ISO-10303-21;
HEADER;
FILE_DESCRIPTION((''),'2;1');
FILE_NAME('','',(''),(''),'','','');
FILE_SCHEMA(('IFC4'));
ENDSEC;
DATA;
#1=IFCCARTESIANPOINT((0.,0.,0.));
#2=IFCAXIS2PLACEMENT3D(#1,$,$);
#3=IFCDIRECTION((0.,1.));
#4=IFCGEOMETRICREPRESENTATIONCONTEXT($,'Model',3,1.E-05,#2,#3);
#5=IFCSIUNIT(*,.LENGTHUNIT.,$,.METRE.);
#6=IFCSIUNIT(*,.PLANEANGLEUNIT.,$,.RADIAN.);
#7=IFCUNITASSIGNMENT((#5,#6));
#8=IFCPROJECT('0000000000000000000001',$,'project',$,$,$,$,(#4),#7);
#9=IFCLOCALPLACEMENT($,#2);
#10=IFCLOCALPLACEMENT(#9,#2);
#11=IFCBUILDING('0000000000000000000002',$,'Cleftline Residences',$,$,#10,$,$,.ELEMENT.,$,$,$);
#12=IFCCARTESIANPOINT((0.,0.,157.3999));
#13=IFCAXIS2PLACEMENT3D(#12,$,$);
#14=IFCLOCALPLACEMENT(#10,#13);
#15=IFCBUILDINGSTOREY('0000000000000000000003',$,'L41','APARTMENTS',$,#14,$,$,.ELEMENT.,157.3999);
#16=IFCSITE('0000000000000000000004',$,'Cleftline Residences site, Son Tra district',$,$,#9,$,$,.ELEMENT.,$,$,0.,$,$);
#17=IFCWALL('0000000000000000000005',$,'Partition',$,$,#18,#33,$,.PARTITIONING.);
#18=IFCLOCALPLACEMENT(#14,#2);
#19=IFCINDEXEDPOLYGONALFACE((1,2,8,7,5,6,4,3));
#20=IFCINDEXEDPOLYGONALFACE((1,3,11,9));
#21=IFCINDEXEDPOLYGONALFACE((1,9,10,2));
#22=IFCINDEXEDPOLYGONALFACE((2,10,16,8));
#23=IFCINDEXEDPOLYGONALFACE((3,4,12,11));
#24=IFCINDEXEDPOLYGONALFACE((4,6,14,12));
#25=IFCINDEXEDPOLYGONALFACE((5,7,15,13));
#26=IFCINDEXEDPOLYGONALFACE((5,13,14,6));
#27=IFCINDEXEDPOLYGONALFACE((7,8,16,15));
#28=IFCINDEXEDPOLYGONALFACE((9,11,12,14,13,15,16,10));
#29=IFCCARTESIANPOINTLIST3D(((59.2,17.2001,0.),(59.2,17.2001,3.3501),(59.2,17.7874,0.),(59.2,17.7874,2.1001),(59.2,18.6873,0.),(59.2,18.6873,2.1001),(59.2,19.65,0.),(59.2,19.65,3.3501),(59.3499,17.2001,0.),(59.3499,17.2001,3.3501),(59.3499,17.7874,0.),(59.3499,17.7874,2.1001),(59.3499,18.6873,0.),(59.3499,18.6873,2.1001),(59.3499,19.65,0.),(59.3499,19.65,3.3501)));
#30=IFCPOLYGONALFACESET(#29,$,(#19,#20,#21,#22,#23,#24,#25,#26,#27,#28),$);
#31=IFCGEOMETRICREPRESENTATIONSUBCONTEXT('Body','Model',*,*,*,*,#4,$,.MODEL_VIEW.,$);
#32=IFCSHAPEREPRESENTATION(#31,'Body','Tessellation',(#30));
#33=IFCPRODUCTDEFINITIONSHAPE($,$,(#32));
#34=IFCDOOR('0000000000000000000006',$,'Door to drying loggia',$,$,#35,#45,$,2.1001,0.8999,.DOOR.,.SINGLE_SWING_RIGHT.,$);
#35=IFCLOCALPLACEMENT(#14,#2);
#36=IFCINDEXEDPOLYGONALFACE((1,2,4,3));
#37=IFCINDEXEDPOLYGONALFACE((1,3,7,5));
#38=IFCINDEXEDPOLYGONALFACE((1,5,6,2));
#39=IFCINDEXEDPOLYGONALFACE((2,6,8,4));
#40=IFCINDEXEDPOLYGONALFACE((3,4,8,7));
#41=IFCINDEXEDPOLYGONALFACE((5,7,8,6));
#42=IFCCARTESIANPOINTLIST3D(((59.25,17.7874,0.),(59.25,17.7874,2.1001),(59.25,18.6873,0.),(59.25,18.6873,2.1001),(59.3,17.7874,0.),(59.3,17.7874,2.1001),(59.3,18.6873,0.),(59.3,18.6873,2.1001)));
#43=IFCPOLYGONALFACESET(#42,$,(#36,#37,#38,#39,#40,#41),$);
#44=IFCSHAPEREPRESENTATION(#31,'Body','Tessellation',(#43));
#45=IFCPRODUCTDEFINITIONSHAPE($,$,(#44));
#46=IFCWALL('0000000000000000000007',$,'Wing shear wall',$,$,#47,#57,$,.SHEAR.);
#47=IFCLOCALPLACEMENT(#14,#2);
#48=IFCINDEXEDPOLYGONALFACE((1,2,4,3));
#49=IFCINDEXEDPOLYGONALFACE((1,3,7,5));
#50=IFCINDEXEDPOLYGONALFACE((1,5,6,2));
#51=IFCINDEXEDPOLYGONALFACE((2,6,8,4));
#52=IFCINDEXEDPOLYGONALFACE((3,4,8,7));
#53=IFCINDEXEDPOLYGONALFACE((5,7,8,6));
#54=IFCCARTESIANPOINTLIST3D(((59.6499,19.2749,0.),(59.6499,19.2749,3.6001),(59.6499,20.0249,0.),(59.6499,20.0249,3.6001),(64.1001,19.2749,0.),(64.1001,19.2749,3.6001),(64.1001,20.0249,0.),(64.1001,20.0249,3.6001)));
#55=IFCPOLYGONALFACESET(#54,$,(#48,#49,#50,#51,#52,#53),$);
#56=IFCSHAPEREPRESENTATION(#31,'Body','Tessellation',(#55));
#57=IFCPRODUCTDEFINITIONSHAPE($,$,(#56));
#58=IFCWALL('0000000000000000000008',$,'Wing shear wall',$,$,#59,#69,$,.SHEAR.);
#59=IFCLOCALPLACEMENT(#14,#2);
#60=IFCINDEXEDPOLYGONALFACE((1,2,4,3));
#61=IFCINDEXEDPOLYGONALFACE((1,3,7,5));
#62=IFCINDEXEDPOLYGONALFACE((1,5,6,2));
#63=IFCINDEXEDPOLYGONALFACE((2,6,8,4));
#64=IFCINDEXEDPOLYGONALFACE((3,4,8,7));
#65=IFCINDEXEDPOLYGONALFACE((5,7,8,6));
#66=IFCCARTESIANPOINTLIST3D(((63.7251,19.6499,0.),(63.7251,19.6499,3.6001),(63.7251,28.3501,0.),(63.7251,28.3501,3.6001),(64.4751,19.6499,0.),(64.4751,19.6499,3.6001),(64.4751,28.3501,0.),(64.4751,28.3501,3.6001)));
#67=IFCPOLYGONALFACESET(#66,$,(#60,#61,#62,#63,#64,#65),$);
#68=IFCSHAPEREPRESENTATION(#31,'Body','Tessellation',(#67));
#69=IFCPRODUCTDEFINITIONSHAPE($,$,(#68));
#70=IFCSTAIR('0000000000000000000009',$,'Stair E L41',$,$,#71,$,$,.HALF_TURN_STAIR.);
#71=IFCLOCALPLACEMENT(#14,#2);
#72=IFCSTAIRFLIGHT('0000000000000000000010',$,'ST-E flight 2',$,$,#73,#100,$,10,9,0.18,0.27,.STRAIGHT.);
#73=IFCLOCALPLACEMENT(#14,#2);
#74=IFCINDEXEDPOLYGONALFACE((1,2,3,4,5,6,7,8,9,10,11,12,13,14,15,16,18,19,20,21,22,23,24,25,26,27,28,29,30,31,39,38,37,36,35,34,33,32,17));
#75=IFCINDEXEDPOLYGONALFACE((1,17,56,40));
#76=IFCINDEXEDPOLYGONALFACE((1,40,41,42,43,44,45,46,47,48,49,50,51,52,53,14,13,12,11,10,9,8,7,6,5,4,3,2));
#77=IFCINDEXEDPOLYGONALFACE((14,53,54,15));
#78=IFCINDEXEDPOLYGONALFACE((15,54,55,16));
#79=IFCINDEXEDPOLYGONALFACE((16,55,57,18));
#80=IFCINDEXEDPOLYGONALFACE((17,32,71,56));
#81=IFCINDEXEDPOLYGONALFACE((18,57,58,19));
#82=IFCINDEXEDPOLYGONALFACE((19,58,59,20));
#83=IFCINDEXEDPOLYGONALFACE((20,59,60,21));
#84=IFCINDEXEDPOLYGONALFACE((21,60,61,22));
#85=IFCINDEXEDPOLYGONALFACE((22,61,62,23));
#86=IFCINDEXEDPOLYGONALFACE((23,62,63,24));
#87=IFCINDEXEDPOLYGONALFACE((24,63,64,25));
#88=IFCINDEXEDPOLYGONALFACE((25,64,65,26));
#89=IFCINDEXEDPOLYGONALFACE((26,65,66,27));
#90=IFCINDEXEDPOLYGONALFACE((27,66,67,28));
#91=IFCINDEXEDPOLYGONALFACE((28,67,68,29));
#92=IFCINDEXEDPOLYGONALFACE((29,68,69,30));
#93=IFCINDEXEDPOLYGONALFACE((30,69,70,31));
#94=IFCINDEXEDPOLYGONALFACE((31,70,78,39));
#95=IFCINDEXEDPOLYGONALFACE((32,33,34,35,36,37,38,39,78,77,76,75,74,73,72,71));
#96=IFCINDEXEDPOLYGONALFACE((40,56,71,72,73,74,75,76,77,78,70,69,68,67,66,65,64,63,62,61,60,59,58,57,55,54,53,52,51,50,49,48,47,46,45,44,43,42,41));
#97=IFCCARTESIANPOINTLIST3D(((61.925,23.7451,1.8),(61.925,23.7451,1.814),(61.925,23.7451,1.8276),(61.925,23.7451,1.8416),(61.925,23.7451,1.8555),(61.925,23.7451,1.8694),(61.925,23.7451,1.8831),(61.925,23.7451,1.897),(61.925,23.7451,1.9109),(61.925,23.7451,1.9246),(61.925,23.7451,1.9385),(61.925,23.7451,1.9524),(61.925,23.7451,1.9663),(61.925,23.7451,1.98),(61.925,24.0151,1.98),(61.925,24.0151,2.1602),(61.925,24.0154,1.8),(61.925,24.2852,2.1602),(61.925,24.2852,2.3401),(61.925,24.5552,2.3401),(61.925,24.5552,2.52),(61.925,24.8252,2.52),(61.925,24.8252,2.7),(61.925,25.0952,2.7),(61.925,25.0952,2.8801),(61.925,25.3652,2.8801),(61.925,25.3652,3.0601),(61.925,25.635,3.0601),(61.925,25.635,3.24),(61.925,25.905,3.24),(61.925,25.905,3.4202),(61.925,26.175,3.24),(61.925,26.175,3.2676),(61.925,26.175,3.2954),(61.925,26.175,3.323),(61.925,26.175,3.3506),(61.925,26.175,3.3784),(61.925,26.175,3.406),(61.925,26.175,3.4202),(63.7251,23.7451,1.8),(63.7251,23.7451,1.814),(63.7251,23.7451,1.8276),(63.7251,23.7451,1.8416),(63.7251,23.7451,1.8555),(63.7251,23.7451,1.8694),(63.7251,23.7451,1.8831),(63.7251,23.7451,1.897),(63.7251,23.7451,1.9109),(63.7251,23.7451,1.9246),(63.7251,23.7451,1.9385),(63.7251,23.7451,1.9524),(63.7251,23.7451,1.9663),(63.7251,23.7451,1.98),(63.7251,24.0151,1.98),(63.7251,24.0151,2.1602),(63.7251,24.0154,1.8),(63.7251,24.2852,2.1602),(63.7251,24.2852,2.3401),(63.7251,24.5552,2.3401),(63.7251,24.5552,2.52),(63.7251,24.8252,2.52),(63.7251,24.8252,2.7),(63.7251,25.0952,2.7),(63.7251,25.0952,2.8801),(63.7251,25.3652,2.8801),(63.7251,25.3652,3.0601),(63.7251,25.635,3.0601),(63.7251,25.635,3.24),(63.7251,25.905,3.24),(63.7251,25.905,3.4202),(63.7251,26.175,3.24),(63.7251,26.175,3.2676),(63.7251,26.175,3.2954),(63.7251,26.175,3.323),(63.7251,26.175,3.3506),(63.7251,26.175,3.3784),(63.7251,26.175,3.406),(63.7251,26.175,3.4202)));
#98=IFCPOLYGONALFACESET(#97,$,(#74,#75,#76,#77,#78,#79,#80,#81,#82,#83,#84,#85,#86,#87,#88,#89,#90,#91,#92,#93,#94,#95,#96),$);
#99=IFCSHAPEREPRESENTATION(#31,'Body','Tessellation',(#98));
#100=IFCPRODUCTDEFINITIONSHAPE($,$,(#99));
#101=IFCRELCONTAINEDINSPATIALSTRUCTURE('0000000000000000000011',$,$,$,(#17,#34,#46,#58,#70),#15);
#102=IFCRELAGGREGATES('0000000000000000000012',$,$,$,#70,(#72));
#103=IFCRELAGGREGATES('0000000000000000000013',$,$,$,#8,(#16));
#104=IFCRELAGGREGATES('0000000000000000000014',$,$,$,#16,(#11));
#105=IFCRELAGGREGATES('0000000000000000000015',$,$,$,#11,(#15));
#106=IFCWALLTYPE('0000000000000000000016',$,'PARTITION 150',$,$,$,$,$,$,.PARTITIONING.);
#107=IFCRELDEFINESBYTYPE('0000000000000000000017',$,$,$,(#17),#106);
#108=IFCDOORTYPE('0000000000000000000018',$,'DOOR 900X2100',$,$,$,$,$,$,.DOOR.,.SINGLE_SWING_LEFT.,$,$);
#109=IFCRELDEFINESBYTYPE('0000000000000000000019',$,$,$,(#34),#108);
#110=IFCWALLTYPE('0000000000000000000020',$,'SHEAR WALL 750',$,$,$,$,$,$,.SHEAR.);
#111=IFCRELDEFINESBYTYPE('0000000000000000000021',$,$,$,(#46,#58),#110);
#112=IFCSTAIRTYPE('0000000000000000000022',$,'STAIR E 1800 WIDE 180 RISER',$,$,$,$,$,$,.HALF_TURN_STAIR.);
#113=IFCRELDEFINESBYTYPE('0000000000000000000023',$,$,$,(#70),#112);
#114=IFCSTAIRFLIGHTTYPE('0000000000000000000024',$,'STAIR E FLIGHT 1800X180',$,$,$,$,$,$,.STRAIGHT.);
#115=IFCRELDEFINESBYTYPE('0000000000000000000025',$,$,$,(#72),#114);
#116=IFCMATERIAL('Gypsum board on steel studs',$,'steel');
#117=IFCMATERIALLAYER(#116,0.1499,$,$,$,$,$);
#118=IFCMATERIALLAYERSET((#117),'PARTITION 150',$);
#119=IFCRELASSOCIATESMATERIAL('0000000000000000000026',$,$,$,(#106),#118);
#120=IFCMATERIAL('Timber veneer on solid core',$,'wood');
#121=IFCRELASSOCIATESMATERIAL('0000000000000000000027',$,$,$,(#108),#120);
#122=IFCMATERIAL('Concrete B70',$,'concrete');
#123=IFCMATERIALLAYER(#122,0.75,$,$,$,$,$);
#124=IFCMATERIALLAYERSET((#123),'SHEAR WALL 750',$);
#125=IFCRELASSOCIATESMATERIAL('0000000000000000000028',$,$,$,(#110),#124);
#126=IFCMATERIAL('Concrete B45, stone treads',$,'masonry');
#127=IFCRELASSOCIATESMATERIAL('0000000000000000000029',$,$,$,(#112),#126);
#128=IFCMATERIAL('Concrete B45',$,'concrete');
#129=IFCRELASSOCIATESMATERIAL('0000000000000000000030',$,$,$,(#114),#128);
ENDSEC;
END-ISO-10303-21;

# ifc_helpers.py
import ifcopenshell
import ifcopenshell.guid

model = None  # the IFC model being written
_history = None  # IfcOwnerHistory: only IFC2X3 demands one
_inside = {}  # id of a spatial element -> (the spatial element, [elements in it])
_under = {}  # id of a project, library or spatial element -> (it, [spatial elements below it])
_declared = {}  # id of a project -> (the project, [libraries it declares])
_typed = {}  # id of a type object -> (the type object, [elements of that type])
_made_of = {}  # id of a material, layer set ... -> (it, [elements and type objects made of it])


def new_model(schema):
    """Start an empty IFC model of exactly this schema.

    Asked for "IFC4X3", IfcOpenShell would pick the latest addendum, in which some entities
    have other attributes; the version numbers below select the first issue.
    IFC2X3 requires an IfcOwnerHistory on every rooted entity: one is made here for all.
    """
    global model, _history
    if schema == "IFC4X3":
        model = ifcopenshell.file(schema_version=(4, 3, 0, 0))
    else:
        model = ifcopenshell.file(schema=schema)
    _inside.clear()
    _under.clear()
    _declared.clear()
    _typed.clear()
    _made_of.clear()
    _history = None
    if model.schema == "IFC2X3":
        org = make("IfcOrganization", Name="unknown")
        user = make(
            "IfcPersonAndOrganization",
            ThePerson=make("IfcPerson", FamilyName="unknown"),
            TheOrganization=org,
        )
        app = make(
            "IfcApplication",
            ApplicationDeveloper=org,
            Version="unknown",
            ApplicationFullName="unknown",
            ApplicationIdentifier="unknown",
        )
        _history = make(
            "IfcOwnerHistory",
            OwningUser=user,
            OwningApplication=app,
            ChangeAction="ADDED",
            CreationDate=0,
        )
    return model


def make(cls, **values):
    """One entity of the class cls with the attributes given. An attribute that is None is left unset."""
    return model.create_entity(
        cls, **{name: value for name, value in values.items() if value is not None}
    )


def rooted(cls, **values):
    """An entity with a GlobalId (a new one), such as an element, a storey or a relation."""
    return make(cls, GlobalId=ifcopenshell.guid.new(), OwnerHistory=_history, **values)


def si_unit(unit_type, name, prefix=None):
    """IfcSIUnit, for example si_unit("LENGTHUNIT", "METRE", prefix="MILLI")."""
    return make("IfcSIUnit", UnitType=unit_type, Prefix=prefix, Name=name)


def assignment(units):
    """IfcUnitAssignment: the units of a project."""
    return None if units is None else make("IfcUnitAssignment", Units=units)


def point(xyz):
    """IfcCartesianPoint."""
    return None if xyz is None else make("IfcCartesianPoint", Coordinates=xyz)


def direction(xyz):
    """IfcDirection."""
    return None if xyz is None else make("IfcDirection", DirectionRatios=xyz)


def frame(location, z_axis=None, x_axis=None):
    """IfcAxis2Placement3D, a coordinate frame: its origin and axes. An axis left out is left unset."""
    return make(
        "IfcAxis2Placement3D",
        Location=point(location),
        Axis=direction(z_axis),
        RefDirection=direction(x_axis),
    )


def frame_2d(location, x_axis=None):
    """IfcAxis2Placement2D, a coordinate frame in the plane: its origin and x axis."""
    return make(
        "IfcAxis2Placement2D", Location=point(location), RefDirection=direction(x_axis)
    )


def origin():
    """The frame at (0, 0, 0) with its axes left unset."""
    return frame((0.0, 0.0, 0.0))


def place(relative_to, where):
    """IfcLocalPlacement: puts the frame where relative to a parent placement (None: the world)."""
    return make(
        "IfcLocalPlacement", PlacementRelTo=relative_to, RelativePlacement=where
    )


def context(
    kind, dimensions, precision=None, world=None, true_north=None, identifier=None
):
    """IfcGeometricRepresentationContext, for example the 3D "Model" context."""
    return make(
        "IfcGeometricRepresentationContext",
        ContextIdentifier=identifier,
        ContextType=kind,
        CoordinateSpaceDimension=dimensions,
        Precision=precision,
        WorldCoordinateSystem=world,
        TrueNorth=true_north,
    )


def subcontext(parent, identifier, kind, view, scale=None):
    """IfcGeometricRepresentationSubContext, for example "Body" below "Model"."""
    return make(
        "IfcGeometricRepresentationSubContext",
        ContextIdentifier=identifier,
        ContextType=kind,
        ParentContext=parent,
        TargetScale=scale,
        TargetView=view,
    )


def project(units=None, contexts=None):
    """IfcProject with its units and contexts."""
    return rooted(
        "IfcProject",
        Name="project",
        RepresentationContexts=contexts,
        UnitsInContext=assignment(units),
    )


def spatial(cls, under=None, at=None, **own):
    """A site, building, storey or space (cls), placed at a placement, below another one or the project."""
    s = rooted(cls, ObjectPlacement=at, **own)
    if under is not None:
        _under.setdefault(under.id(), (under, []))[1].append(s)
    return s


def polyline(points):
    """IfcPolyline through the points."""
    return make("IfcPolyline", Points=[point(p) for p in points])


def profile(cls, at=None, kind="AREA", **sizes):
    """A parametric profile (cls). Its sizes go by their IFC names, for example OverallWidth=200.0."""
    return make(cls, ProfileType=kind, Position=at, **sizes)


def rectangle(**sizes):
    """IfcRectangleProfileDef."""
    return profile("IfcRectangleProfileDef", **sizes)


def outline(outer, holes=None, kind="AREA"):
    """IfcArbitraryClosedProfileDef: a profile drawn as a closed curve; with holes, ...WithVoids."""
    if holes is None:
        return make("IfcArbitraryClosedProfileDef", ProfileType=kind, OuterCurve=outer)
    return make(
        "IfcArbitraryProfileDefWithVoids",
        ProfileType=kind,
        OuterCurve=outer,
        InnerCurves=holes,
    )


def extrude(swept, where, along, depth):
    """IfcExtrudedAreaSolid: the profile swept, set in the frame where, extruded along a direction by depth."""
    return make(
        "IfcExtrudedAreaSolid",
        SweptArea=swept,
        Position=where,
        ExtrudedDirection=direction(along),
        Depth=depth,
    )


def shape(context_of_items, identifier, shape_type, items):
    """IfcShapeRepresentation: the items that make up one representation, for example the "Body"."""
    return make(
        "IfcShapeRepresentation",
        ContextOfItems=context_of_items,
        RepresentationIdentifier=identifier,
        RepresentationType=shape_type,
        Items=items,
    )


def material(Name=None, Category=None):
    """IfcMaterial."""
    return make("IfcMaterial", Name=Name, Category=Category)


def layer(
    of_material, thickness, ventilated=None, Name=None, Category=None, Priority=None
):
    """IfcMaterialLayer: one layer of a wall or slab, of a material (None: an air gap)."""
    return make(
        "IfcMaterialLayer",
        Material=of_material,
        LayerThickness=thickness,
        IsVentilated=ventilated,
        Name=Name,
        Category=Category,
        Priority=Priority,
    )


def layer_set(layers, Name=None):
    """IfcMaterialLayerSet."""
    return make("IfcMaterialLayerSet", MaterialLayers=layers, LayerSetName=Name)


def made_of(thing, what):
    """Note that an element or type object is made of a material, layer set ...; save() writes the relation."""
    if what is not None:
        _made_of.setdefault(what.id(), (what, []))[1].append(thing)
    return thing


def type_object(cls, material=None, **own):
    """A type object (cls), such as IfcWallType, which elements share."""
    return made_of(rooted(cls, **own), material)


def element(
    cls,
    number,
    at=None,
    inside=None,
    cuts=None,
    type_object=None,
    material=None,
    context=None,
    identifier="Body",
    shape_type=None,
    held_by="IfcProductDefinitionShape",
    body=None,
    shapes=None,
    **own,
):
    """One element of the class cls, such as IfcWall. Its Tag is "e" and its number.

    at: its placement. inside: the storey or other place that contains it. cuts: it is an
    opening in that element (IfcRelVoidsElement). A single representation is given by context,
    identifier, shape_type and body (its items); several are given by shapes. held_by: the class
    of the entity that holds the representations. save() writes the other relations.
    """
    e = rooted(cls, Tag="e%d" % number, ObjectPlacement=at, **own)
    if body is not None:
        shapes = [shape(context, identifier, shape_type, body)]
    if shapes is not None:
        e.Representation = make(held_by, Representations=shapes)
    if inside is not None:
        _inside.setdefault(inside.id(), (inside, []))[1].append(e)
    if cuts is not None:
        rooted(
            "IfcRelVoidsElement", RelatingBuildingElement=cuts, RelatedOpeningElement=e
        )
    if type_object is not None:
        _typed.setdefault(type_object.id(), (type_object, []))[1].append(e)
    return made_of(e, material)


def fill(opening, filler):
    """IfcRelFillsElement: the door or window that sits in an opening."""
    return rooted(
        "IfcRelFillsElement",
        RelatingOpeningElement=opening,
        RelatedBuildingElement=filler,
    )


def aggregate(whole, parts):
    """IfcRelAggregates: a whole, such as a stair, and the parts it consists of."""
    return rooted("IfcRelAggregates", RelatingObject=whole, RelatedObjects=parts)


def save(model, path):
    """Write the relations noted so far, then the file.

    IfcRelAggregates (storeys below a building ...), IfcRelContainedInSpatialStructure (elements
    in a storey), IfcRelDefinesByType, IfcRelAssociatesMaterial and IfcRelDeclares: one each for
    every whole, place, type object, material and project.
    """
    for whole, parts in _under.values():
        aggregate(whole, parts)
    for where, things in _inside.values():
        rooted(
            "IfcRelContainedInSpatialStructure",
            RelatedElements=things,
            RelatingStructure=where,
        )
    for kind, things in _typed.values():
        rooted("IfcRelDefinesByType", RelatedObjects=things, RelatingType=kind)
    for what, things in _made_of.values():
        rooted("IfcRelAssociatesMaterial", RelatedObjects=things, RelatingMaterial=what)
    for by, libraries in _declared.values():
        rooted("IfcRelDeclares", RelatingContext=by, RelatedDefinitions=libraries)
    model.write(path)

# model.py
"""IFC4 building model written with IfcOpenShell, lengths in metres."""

from ifc_helpers import new_model, si_unit, direction, frame, frame_2d, origin, place, context, subcontext, project, spatial, polyline, rectangle, outline, extrude, material, layer, layer_set, type_object, element, fill, aggregate, save


model = new_model("IFC4")

# Units and contexts
model_context = context("Model", 3, precision=1e-05, world=origin(), true_north=direction((0.0, 1.0)))
body_context = subcontext(model_context, "Body", "Model", "MODEL_VIEW")
ifc_project = project(units=[si_unit("LENGTHUNIT", "METRE"), si_unit("PLANEANGLEUNIT", "RADIAN")], contexts=[model_context])

# Site, building, storey
site_placement = place(None, origin())
site = spatial("IfcSite", under=ifc_project, at=site_placement, Name="Cleftline Residences site, Son Tra district", CompositionType="ELEMENT", RefElevation=0.0)
building_placement = place(site_placement, origin())
building = spatial("IfcBuilding", under=site, at=building_placement, Name="Cleftline Residences", CompositionType="ELEMENT")
storey_placement = place(building_placement, frame((0.0, 0.0, 157.3999)))
storey = spatial("IfcBuildingStorey", under=building, at=storey_placement, Name="L41", Description="APARTMENTS", CompositionType="ELEMENT", Elevation=157.3999)

# Shared definitions
ifc_material_1 = material(Name="Gypsum board on steel studs", Category="steel")
ifc_layer_1 = layer(ifc_material_1, 0.1499)
ifc_layer_set_1 = layer_set([ifc_layer_1], Name="PARTITION 150")
wall_type_1 = type_object("IfcWallType", Name="PARTITION 150", PredefinedType="PARTITIONING", material=ifc_layer_set_1)

# Wall, opening, door
wall_1_placement = place(storey_placement, frame((59.2749, 17.2, 0.0), z_axis=(0.0, 0.0, 1.0), x_axis=(0.0, 1.0, 0.0)))
wall_1 = element("IfcWall", 1, at=wall_1_placement, inside=storey, type_object=wall_type_1, Name="Partition", PredefinedType="PARTITIONING", context=body_context, shape_type="SweptSolid", body=[
    extrude(rectangle(XDim=2.45, YDim=0.1499, at=frame_2d((1.2251, 0.0))), origin(), (0.0, 0.0, 1.0), 3.3501),
])
opening_1_placement = place(wall_1_placement, frame((0.5874, 0.0, 0.0)))
opening_1 = element("IfcOpeningElement", 2, at=opening_1_placement, cuts=wall_1, PredefinedType="OPENING", context=body_context, shape_type="SweptSolid", body=[
    extrude(rectangle(XDim=0.8999, YDim=2.1001, at=frame_2d((0.45, 1.05))), frame((0.0, 0.085, 0.0), z_axis=(0.0, -1.0, 0.0), x_axis=(1.0, 0.0, 0.0)), (0.0, 0.0, 1.0), 0.1699),
])
ifc_material_2 = material(Name="Timber veneer on solid core", Category="wood")
door_type_1 = type_object("IfcDoorType", Name="DOOR 900X2100", OperationType="SINGLE_SWING_LEFT", PredefinedType="DOOR", material=ifc_material_2)
door_1_placement = place(opening_1_placement, origin())
door_1 = element("IfcDoor", 3, at=door_1_placement, inside=storey, type_object=door_type_1, Name="Door to drying loggia", OperationType="SINGLE_SWING_RIGHT", OverallHeight=2.1001, OverallWidth=0.8999, PredefinedType="DOOR", context=body_context, shape_type="SweptSolid", body=[
    extrude(rectangle(XDim=0.8999, YDim=2.1001, at=frame_2d((0.45, 1.05))), frame((0.0, 0.0249, 0.0), z_axis=(0.0, -1.0, 0.0), x_axis=(1.0, 0.0, 0.0)), (0.0, 0.0, 1.0), 0.05),
])
fill(opening_1, door_1)

# Walls
ifc_material_3 = material(Name="Concrete B70", Category="concrete")
ifc_layer_2 = layer(ifc_material_3, 0.75)
ifc_layer_set_2 = layer_set([ifc_layer_2], Name="SHEAR WALL 750")
wall_type_2 = type_object("IfcWallType", Name="SHEAR WALL 750", PredefinedType="SHEAR", material=ifc_layer_set_2)
wall_2_placement = place(storey_placement, frame((59.6499, 19.6499, 0.0), z_axis=(0.0, 0.0, 1.0), x_axis=(1.0, 0.0, 0.0)))
element("IfcWall", 4, at=wall_2_placement, inside=storey, type_object=wall_type_2, Name="Wing shear wall", PredefinedType="SHEAR", context=body_context, shape_type="SweptSolid", body=[
    extrude(rectangle(XDim=4.4502, YDim=0.75, at=frame_2d((2.2251, 0.0))), origin(), (0.0, 0.0, 1.0), 3.6001),
])
wall_3_placement = place(storey_placement, frame((64.1001, 19.6499, 0.0), z_axis=(0.0, 0.0, 1.0), x_axis=(0.0, 1.0, 0.0)))
element("IfcWall", 5, at=wall_3_placement, inside=storey, type_object=wall_type_2, Name="Wing shear wall", PredefinedType="SHEAR", context=body_context, shape_type="SweptSolid", body=[
    extrude(rectangle(XDim=8.7002, YDim=0.75, at=frame_2d((4.3501, 0.0))), origin(), (0.0, 0.0, 1.0), 3.6001),
])

# Stair, stair flight
ifc_material_4 = material(Name="Concrete B45, stone treads", Category="masonry")
stair_type = type_object("IfcStairType", Name="STAIR E 1800 WIDE 180 RISER", PredefinedType="HALF_TURN_STAIR", material=ifc_material_4)
stair_placement = place(storey_placement, origin())
stair = element("IfcStair", 6, at=stair_placement, inside=storey, type_object=stair_type, Name="Stair E L41", PredefinedType="HALF_TURN_STAIR")
ifc_material_5 = material(Name="Concrete B45", Category="concrete")
stair_flight_type = type_object("IfcStairFlightType", Name="STAIR E FLIGHT 1800X180", PredefinedType="STRAIGHT", material=ifc_material_5)
stair_flight_placement = place(storey_placement, frame((62.825, 23.7451, 1.8), z_axis=(0.0, 0.0, 1.0), x_axis=(0.0, 1.0, 0.0)))
stair_flight = element("IfcStairFlight", 7, at=stair_flight_placement, type_object=stair_flight_type, Name="ST-E flight 2", NumberOfRisers=10, NumberOfTreads=9, PredefinedType="STRAIGHT", RiserHeight=0.18, TreadLength=0.27, context=body_context, shape_type="SweptSolid", body=[
    extrude(outline(polyline([(0.0, 0.0), (0.0, 0.0139), (0.0, 0.0276), (0.0, 0.0415), (0.0, 0.0554), (0.0, 0.0693), (0.0, 0.083), (0.0, 0.0969), (0.0, 0.1108), (0.0, 0.1245), (0.0, 0.1384), (0.0, 0.1523), (0.0, 0.1663), (0.0, 0.1799), (0.27, 0.1799), (0.27, 0.3601), (0.54, 0.3601), (0.54, 0.54), (0.8101, 0.54), (0.8101, 0.72), (1.0801, 0.72), (1.0801, 0.8999), (1.3501, 0.8999), (1.3501, 1.0801), (1.6201, 1.0801), (1.6201, 1.26), (1.8899, 1.26), (1.8899, 1.4399), (2.1599, 1.4399), (2.1599, 1.6201), (2.4299, 1.6201), (2.4299, 1.8), (2.4299, 1.7722), (2.4299, 1.7446), (2.4299, 1.7168), (2.4299, 1.6892), (2.4299, 1.6614), (2.4299, 1.6338), (2.4299, 1.606), (2.4299, 1.5784), (2.4299, 1.5505), (2.4299, 1.5229), (2.4299, 1.4954), (2.4299, 1.4675), (2.4299, 1.4399), (0.2703, 0.0), (0.0, 0.0)])), frame((0.0, 0.8999, 0.0), z_axis=(0.0, -1.0, 0.0), x_axis=(1.0, 0.0, 0.0)), (0.0, 0.0, 1.0), 1.8),
])
aggregate(stair, [stair_flight])

save(model, "model.ifc")
